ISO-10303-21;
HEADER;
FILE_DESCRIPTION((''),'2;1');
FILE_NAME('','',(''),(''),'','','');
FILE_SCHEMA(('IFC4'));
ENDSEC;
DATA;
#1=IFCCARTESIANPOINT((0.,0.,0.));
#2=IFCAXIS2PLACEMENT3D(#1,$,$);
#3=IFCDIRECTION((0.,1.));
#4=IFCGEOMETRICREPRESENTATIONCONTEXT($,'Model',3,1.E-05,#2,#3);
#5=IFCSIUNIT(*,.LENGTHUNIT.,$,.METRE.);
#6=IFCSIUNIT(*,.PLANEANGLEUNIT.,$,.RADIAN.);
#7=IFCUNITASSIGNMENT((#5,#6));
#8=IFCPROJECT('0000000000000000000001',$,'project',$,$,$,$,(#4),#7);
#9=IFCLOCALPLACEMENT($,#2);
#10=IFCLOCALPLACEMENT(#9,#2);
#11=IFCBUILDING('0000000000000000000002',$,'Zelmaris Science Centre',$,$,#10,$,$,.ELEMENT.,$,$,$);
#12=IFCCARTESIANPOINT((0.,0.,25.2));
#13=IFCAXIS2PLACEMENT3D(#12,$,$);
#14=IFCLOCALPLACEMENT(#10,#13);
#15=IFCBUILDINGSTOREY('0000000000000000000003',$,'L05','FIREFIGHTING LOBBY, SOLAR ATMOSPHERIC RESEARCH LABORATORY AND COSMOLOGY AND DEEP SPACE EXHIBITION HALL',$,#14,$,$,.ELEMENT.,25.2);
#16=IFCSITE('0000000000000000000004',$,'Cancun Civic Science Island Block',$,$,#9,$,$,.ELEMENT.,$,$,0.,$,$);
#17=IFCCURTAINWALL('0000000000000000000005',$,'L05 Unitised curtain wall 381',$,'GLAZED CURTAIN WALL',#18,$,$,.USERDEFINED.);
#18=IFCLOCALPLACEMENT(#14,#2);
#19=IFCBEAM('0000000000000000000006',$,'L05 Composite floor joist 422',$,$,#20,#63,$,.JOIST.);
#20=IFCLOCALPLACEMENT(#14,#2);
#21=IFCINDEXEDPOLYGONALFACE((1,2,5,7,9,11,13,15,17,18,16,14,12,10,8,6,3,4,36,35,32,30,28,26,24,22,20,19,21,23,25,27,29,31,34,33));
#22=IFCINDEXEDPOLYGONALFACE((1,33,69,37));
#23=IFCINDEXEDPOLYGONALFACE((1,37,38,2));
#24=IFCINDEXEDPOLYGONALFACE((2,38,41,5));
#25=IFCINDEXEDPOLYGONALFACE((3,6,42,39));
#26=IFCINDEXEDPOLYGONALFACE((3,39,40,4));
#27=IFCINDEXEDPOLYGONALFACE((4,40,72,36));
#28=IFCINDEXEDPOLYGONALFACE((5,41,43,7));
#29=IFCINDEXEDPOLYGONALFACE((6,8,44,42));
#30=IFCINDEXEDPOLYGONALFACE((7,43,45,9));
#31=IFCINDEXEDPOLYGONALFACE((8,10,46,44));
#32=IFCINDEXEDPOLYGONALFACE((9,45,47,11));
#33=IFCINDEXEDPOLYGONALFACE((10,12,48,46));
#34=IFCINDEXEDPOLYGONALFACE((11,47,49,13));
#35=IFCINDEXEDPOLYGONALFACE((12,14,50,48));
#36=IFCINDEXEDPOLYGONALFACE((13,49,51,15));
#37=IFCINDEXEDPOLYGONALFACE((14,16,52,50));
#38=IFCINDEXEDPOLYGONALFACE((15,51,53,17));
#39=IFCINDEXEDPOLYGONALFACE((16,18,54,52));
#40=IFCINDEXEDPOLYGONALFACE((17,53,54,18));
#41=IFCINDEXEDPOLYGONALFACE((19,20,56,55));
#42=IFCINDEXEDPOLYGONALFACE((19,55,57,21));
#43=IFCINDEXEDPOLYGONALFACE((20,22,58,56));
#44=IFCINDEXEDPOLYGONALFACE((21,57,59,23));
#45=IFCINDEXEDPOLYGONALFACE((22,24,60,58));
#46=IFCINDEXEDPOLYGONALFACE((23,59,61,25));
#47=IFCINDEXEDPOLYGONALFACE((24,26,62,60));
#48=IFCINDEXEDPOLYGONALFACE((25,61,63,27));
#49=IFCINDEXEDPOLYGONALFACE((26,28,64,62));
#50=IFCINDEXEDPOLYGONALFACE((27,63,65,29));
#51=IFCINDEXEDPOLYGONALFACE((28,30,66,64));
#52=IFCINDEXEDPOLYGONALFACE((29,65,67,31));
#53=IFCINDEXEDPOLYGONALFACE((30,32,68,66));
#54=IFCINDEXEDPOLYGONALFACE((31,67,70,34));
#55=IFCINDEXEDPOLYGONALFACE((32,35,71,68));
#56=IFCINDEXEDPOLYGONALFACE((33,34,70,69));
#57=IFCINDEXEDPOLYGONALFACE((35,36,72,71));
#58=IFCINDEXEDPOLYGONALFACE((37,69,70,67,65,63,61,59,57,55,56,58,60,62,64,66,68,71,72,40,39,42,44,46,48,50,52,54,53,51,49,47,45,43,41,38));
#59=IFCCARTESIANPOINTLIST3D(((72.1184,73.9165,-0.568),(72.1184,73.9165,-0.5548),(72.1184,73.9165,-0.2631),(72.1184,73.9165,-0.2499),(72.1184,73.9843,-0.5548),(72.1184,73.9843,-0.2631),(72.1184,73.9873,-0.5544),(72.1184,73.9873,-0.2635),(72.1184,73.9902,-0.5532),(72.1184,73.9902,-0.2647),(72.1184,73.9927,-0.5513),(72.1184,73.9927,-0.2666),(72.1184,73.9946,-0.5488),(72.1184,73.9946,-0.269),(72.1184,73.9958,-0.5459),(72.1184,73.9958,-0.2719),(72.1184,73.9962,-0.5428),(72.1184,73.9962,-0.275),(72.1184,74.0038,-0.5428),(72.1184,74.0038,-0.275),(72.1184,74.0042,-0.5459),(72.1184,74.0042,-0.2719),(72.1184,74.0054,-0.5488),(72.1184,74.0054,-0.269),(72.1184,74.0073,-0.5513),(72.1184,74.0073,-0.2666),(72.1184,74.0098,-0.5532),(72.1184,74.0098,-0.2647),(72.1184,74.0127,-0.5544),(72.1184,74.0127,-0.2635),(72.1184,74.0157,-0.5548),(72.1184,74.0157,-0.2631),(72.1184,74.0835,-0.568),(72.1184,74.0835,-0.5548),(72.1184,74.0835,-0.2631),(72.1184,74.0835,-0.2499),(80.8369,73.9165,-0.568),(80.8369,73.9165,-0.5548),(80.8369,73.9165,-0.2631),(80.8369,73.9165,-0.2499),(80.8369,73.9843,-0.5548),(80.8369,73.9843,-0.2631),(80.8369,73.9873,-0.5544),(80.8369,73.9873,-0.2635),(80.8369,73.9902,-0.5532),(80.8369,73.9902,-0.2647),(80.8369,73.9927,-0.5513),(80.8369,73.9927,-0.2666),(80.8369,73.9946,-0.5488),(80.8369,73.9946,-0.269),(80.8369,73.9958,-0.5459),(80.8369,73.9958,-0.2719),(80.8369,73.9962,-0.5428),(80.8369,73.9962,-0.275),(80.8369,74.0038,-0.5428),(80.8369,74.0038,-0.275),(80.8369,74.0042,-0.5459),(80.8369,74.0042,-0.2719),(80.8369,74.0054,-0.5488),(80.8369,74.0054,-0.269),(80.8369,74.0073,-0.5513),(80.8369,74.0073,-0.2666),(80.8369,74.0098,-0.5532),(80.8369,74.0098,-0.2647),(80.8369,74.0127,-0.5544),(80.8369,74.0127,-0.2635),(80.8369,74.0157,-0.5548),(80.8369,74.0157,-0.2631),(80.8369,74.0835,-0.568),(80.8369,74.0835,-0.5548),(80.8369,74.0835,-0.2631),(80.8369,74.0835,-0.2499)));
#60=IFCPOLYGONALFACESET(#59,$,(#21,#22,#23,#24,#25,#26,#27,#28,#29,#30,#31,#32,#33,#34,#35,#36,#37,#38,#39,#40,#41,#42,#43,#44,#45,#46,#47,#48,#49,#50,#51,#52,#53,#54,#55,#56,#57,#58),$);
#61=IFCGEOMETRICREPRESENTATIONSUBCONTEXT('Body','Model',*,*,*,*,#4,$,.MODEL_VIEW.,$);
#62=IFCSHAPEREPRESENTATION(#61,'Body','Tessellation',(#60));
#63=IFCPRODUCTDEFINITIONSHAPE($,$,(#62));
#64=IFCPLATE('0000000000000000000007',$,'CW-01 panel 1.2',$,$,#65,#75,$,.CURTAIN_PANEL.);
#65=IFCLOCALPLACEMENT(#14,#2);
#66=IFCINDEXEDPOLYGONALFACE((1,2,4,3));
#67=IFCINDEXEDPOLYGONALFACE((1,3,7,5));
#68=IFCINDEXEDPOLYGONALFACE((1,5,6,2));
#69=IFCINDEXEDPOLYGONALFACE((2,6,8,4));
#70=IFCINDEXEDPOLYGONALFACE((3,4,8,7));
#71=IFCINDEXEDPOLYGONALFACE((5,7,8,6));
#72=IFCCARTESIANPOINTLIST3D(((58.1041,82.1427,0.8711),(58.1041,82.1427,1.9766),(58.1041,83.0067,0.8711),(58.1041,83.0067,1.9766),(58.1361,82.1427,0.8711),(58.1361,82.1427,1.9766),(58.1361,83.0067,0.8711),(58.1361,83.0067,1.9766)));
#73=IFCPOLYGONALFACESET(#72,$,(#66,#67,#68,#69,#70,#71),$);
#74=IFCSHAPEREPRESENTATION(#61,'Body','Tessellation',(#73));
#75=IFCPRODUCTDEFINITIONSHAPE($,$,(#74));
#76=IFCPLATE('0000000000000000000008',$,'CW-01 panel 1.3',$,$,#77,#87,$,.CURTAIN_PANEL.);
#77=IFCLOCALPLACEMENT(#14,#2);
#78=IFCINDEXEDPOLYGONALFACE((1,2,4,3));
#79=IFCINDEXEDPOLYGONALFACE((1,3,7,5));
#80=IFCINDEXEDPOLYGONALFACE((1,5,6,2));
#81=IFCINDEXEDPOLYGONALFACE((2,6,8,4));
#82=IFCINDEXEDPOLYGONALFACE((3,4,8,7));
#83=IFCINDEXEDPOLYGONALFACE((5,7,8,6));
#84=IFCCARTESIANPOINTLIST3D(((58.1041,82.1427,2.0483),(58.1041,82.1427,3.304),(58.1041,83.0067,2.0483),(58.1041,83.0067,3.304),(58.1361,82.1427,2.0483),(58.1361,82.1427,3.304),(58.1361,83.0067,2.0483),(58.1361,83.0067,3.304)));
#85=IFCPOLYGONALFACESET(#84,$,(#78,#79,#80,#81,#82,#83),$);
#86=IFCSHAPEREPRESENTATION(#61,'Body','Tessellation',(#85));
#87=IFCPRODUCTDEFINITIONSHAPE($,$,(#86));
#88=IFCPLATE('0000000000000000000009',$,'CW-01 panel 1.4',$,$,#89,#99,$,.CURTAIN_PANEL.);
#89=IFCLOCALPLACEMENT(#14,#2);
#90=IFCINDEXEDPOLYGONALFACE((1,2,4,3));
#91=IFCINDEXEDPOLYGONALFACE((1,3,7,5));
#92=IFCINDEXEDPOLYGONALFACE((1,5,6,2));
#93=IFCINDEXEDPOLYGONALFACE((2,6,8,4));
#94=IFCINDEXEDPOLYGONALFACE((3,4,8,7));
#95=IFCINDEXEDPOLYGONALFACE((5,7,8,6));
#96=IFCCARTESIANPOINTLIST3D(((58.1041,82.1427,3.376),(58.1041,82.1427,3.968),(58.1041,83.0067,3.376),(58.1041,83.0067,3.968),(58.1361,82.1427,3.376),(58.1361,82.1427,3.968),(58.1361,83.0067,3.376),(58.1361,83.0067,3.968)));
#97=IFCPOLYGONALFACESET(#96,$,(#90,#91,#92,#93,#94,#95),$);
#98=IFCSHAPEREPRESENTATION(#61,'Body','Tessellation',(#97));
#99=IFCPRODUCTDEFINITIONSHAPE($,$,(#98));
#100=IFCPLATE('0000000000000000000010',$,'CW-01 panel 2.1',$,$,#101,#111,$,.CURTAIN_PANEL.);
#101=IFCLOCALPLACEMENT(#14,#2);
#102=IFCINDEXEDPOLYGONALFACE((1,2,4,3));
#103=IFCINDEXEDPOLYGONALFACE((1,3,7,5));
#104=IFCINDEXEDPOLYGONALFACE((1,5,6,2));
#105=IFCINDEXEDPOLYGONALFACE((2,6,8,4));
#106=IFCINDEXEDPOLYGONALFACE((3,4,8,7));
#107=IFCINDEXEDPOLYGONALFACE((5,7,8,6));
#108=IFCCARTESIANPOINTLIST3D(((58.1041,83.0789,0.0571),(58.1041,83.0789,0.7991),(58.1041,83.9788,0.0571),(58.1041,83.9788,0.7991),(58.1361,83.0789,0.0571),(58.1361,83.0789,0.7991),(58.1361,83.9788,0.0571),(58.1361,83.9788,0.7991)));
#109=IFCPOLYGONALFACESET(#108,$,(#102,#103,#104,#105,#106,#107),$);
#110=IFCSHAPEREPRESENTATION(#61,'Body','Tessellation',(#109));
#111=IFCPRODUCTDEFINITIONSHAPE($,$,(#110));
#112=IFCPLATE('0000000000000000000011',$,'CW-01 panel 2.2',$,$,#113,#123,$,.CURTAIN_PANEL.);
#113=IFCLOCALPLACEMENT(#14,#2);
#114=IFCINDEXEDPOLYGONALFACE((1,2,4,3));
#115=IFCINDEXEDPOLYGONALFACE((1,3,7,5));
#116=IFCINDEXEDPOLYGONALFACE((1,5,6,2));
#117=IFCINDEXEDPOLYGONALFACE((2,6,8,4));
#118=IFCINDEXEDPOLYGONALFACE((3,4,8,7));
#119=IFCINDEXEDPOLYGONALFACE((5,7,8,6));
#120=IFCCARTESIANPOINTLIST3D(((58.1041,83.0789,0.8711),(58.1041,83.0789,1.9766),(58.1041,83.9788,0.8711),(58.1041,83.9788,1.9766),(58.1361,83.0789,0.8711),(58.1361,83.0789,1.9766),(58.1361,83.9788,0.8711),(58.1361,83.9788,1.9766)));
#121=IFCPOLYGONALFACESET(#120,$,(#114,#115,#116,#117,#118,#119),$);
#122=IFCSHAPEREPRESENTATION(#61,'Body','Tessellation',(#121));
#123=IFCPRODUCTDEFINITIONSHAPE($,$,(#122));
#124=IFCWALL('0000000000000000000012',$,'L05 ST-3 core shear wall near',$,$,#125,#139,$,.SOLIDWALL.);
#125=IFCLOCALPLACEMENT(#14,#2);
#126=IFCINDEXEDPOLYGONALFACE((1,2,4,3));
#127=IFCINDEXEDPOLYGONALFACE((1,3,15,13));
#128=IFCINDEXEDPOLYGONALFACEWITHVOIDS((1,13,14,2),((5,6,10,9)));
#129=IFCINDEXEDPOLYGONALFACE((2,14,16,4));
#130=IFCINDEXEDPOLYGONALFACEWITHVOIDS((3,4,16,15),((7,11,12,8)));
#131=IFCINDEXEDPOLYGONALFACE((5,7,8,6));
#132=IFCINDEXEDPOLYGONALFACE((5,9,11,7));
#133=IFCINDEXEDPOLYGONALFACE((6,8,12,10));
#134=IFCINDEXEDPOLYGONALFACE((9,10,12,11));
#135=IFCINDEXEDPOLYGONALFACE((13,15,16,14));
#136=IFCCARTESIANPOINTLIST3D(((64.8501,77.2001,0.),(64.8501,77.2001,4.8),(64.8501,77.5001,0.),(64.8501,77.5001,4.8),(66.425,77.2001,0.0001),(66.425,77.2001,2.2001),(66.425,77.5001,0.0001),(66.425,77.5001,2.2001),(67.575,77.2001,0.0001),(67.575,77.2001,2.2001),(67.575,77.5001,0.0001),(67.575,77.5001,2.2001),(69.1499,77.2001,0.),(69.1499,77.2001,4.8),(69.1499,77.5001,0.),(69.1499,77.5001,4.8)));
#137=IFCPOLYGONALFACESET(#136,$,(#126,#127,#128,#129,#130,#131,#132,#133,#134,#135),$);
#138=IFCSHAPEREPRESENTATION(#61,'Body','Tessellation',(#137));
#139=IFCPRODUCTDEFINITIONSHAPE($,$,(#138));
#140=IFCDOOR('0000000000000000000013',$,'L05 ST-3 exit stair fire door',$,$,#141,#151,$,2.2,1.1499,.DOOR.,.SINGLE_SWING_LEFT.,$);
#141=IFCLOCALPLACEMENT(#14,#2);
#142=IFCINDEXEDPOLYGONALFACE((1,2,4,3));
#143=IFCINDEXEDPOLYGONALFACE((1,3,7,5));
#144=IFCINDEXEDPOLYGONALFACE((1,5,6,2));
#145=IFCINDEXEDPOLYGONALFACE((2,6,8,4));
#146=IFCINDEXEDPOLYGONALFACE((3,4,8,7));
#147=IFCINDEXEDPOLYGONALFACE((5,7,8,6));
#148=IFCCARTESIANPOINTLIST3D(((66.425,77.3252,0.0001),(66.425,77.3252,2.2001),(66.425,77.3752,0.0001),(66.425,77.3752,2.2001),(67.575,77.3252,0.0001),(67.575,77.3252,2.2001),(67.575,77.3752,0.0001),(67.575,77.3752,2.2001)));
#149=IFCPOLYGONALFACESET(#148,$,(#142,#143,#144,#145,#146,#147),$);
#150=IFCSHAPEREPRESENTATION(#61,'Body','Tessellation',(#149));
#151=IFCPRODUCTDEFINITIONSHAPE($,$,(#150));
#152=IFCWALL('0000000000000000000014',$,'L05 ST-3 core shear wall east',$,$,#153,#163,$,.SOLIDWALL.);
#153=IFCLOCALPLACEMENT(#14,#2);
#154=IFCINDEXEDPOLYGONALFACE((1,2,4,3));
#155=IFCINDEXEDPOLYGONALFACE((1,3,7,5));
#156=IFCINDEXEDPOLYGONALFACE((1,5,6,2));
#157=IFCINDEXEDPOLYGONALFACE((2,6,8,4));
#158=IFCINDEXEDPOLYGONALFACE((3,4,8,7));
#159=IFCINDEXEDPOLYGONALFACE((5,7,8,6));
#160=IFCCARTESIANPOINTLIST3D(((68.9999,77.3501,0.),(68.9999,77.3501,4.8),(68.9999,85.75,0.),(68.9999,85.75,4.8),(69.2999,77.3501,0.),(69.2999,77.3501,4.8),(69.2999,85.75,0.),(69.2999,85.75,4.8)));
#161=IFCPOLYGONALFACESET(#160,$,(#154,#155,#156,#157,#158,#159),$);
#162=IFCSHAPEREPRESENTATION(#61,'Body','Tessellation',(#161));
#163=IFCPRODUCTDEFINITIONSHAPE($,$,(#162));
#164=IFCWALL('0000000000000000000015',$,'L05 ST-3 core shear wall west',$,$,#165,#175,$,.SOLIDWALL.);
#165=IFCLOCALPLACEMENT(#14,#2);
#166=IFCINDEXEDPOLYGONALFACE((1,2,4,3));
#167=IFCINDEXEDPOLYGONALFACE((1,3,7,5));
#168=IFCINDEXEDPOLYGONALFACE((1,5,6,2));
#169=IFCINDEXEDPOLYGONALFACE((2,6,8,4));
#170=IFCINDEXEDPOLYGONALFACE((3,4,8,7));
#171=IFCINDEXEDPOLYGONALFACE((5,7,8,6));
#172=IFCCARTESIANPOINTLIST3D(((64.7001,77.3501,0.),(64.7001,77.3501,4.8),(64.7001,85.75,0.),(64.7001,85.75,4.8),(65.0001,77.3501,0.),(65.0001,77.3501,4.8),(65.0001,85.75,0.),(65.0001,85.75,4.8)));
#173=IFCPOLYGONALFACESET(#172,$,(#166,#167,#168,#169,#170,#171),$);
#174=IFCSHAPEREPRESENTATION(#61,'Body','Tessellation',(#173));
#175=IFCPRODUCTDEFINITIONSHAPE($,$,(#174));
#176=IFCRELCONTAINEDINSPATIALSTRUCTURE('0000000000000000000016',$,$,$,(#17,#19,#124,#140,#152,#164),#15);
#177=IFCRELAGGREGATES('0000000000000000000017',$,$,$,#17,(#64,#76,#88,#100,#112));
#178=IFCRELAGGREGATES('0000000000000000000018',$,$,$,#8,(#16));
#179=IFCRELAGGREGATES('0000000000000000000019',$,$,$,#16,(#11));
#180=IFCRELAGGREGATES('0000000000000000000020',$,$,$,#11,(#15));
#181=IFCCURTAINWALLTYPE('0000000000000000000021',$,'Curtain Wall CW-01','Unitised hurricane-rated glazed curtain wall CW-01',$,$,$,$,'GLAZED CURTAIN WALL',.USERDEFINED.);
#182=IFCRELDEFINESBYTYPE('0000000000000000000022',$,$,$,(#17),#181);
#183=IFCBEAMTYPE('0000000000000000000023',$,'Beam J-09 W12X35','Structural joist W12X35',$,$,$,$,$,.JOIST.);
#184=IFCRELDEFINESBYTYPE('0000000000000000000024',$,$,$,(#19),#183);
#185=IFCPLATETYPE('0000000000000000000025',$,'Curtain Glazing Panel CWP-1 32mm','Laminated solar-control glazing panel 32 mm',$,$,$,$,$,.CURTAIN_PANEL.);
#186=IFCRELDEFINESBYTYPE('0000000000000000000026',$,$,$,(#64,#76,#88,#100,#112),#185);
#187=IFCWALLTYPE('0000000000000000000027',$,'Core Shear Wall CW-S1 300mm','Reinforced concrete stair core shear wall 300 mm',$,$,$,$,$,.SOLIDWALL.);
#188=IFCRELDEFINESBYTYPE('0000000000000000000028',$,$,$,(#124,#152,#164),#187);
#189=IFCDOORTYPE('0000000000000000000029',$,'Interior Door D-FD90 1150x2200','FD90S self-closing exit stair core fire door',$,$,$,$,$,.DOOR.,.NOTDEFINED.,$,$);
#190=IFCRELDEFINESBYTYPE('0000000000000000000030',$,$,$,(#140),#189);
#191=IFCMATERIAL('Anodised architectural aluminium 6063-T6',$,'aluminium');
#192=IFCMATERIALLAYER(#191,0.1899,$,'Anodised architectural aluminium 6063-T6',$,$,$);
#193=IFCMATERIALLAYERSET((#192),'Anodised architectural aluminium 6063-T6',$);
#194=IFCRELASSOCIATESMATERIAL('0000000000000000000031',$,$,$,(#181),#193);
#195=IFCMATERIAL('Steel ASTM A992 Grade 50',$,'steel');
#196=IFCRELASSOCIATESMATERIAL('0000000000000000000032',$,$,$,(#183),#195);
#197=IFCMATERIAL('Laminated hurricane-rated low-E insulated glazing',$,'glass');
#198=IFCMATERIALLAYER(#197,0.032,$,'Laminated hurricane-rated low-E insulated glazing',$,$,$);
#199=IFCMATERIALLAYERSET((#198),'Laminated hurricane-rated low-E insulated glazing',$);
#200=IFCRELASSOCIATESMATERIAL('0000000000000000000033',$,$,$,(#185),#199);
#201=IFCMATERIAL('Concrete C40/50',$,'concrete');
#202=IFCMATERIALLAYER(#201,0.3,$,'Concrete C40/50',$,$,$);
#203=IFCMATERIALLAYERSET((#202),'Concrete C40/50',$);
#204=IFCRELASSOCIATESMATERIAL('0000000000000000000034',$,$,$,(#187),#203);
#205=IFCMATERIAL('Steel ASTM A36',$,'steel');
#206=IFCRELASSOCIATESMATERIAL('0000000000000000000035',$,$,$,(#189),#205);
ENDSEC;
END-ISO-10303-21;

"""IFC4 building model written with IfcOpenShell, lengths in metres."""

from ifc_helpers import new_model, si_unit, direction, frame, frame_2d, origin, origin_2d, place, context, subcontext, project, spatial, rectangle, i_section, extrude, material, layer, layer_set, material_profile, profile_set, type_object, element, fill, aggregate, save


model = new_model("IFC4")

# Units and contexts
model_context = context("Model", 3, precision=1e-05, world=origin(), true_north=direction((0.0, 1.0)))
body_context = subcontext(model_context, "Body", "Model", "MODEL_VIEW")
ifc_project = project(units=[si_unit("LENGTHUNIT", "METRE"), si_unit("PLANEANGLEUNIT", "RADIAN")], contexts=[model_context])

# Site, building, storey
site_placement = place(None, origin())
site = spatial("IfcSite", under=ifc_project, at=site_placement, Name="Cancun Civic Science Island Block", CompositionType="ELEMENT", RefElevation=0.0)
building_placement = place(site_placement, origin())
building = spatial("IfcBuilding", under=site, at=building_placement, Name="Zelmaris Science Centre", CompositionType="ELEMENT")
storey_placement = place(building_placement, frame((0.0, 0.0, 25.2)))
storey = spatial("IfcBuildingStorey", under=building, at=storey_placement, Name="L05", Description="FIREFIGHTING LOBBY, SOLAR ATMOSPHERIC RESEARCH LABORATORY AND COSMOLOGY AND DEEP SPACE EXHIBITION HALL", CompositionType="ELEMENT", Elevation=25.2)

# Shared definitions
ifc_material_1 = material(Name="Steel ASTM A992 Grade 50", Category="steel")

# Curtain wall
ifc_material_2 = material(Name="Anodised architectural aluminium 6063-T6", Category="aluminium")
ifc_layer_1 = layer(ifc_material_2, 0.1899, Name="Anodised architectural aluminium 6063-T6")
ifc_layer_set_1 = layer_set([ifc_layer_1], Name="Anodised architectural aluminium 6063-T6")
curtain_wall_type = type_object("IfcCurtainWallType", Name="Curtain Wall CW-01", Description="Unitised hurricane-rated glazed curtain wall CW-01", ElementType="GLAZED CURTAIN WALL", PredefinedType="USERDEFINED", material=ifc_layer_set_1)
curtain_wall_placement = place(storey_placement, origin())
curtain_wall = element("IfcCurtainWall", 1, at=curtain_wall_placement, inside=storey, type_object=curtain_wall_type, Name="L05 Unitised curtain wall 381", ObjectType="GLAZED CURTAIN WALL", PredefinedType="USERDEFINED")

# Beam
ifc_material_profile_1 = material_profile(ifc_material_1, i_section(OverallWidth=0.167, OverallDepth=0.3181, WebThickness=0.0076, FlangeThickness=0.0132, FilletRadius=0.012, at=origin_2d()), Name="W12X35")
ifc_profile_set_1 = profile_set([ifc_material_profile_1], Name="Steel ASTM A992 Grade 50")
beam_type_1 = type_object("IfcBeamType", Name="Beam J-09 W12X35", Description="Structural joist W12X35", PredefinedType="JOIST", material=ifc_profile_set_1)
beam_1_placement = place(storey_placement, frame((72.1184, 74.0, -0.4089), z_axis=(1.0, 0.0, 0.0), x_axis=(0.0, 1.0, 0.0)))
element("IfcBeam", 2, at=beam_1_placement, inside=storey, type_object=beam_type_1, Name="L05 Composite floor joist 422", PredefinedType="JOIST", context=body_context, shape_type="SweptSolid", body=[
    extrude(i_section(OverallWidth=0.167, OverallDepth=0.3181, WebThickness=0.0076, FlangeThickness=0.0132, FilletRadius=0.012, at=origin_2d()), origin(), (0.0, 0.0, 1.0), 8.7185),
])

# Plates
ifc_material_3 = material(Name="Laminated hurricane-rated low-E insulated glazing", Category="glass")
ifc_layer_2 = layer(ifc_material_3, 0.032, Name="Laminated hurricane-rated low-E insulated glazing")
ifc_layer_set_2 = layer_set([ifc_layer_2], Name="Laminated hurricane-rated low-E insulated glazing")
plate_type = type_object("IfcPlateType", Name="Curtain Glazing Panel CWP-1 32mm", Description="Laminated solar-control glazing panel 32 mm", PredefinedType="CURTAIN_PANEL", material=ifc_layer_set_2)
plate_1_placement = place(storey_placement, frame((58.1201, 82.5747, 0.8711), z_axis=(0.0, 0.0, 1.0), x_axis=(0.0, 1.0, 0.0)))
plate_1 = element("IfcPlate", 3, at=plate_1_placement, type_object=plate_type, Name="CW-01 panel 1.2", PredefinedType="CURTAIN_PANEL", context=body_context, shape_type="SweptSolid", body=[
    extrude(rectangle(XDim=0.864, YDim=0.032, at=origin_2d()), origin(), (0.0, 0.0, 1.0), 1.1055),
])
plate_2_placement = place(storey_placement, frame((58.1201, 82.5747, 2.0483), z_axis=(0.0, 0.0, 1.0), x_axis=(0.0, 1.0, 0.0)))
plate_2 = element("IfcPlate", 4, at=plate_2_placement, type_object=plate_type, Name="CW-01 panel 1.3", PredefinedType="CURTAIN_PANEL", context=body_context, shape_type="SweptSolid", body=[
    extrude(rectangle(XDim=0.864, YDim=0.032, at=origin_2d()), origin(), (0.0, 0.0, 1.0), 1.2556),
])
plate_3_placement = place(storey_placement, frame((58.1201, 82.5747, 3.376), z_axis=(0.0, 0.0, 1.0), x_axis=(0.0, 1.0, 0.0)))
plate_3 = element("IfcPlate", 5, at=plate_3_placement, type_object=plate_type, Name="CW-01 panel 1.4", PredefinedType="CURTAIN_PANEL", context=body_context, shape_type="SweptSolid", body=[
    extrude(rectangle(XDim=0.864, YDim=0.032, at=origin_2d()), origin(), (0.0, 0.0, 1.0), 0.592),
])
plate_4_placement = place(storey_placement, frame((58.1201, 83.5288, 0.0571), z_axis=(0.0, 0.0, 1.0), x_axis=(0.0, 1.0, 0.0)))
plate_4 = element("IfcPlate", 6, at=plate_4_placement, type_object=plate_type, Name="CW-01 panel 2.1", PredefinedType="CURTAIN_PANEL", context=body_context, shape_type="SweptSolid", body=[
    extrude(rectangle(XDim=0.8999, YDim=0.032, at=origin_2d()), origin(), (0.0, 0.0, 1.0), 0.7419),
])
plate_5_placement = place(storey_placement, frame((58.1201, 83.5288, 0.8711), z_axis=(0.0, 0.0, 1.0), x_axis=(0.0, 1.0, 0.0)))
plate_5 = element("IfcPlate", 7, at=plate_5_placement, type_object=plate_type, Name="CW-01 panel 2.2", PredefinedType="CURTAIN_PANEL", context=body_context, shape_type="SweptSolid", body=[
    extrude(rectangle(XDim=0.8999, YDim=0.032, at=origin_2d()), origin(), (0.0, 0.0, 1.0), 1.1055),
])
aggregate(curtain_wall, [plate_1, plate_2, plate_3, plate_4, plate_5])

# Wall, opening, door
ifc_material_4 = material(Name="Concrete C40/50", Category="concrete")
ifc_layer_3 = layer(ifc_material_4, 0.3, Name="Concrete C40/50")
ifc_layer_set_3 = layer_set([ifc_layer_3], Name="Concrete C40/50")
wall_type_1 = type_object("IfcWallType", Name="Core Shear Wall CW-S1 300mm", Description="Reinforced concrete stair core shear wall 300 mm", PredefinedType="SOLIDWALL", material=ifc_layer_set_3)
wall_1_placement = place(storey_placement, frame((69.1499, 77.3501, 0.0), z_axis=(0.0, 0.0, 1.0), x_axis=(-1.0, 0.0, 0.0)))
wall_1 = element("IfcWall", 8, at=wall_1_placement, inside=storey, type_object=wall_type_1, Name="L05 ST-3 core shear wall near", PredefinedType="SOLIDWALL", context=body_context, shape_type="SweptSolid", body=[
    extrude(rectangle(XDim=4.2998, YDim=0.3, at=frame_2d((2.1499, 0.0))), origin(), (0.0, 0.0, 1.0), 4.8),
])
opening_1_placement = place(wall_1_placement, frame((1.575, 0.0, 0.0)))
opening_1 = element("IfcOpeningElement", 9, at=opening_1_placement, cuts=wall_1, PredefinedType="OPENING", context=body_context, shape_type="SweptSolid", body=[
    extrude(rectangle(XDim=1.1499, YDim=2.2, at=frame_2d((0.575, 1.1001))), frame((0.0, 0.1599, 0.0), z_axis=(0.0, -1.0, 0.0), x_axis=(1.0, 0.0, 0.0)), (0.0, 0.0, 1.0), 0.3201),
])
ifc_material_5 = material(Name="Steel ASTM A36", Category="steel")
door_type_1 = type_object("IfcDoorType", Name="Interior Door D-FD90 1150x2200", Description="FD90S self-closing exit stair core fire door", OperationType="NOTDEFINED", PredefinedType="DOOR", material=ifc_material_5)
door_1_placement = place(opening_1_placement, origin())
door_1 = element("IfcDoor", 10, at=door_1_placement, inside=storey, type_object=door_type_1, Name="L05 ST-3 exit stair fire door", OperationType="SINGLE_SWING_LEFT", OverallHeight=2.2, OverallWidth=1.1499, PredefinedType="DOOR", context=body_context, shape_type="SweptSolid", body=[
    extrude(rectangle(XDim=1.1499, YDim=2.2, at=frame_2d((0.575, 1.1001))), frame((0.0, 0.0249, 0.0), z_axis=(0.0, -1.0, 0.0), x_axis=(1.0, 0.0, 0.0)), (0.0, 0.0, 1.0), 0.05),
])
fill(opening_1, door_1)

# Walls
for number, where, z_axis, x_axis, name in (
    (11, (69.1499, 77.3501, 0.0), (0.0, 0.0, 1.0), (0.0, 1.0, 0.0), "L05 ST-3 core shear wall east"),
    (12, (64.8501, 77.3501, 0.0), (0.0, 0.0, 1.0), (0.0, 1.0, 0.0), "L05 ST-3 core shear wall west"),
):
    element("IfcWall", number, at=place(storey_placement, frame(where, z_axis=z_axis, x_axis=x_axis)), inside=storey, type_object=wall_type_1, Name=name, PredefinedType="SOLIDWALL", context=body_context, shape_type="SweptSolid", body=[
        extrude(rectangle(XDim=8.3999, YDim=0.3, at=frame_2d((4.2, 0.0))), origin(), (0.0, 0.0, 1.0), 4.8),
    ])

save(model, "model.ifc")
